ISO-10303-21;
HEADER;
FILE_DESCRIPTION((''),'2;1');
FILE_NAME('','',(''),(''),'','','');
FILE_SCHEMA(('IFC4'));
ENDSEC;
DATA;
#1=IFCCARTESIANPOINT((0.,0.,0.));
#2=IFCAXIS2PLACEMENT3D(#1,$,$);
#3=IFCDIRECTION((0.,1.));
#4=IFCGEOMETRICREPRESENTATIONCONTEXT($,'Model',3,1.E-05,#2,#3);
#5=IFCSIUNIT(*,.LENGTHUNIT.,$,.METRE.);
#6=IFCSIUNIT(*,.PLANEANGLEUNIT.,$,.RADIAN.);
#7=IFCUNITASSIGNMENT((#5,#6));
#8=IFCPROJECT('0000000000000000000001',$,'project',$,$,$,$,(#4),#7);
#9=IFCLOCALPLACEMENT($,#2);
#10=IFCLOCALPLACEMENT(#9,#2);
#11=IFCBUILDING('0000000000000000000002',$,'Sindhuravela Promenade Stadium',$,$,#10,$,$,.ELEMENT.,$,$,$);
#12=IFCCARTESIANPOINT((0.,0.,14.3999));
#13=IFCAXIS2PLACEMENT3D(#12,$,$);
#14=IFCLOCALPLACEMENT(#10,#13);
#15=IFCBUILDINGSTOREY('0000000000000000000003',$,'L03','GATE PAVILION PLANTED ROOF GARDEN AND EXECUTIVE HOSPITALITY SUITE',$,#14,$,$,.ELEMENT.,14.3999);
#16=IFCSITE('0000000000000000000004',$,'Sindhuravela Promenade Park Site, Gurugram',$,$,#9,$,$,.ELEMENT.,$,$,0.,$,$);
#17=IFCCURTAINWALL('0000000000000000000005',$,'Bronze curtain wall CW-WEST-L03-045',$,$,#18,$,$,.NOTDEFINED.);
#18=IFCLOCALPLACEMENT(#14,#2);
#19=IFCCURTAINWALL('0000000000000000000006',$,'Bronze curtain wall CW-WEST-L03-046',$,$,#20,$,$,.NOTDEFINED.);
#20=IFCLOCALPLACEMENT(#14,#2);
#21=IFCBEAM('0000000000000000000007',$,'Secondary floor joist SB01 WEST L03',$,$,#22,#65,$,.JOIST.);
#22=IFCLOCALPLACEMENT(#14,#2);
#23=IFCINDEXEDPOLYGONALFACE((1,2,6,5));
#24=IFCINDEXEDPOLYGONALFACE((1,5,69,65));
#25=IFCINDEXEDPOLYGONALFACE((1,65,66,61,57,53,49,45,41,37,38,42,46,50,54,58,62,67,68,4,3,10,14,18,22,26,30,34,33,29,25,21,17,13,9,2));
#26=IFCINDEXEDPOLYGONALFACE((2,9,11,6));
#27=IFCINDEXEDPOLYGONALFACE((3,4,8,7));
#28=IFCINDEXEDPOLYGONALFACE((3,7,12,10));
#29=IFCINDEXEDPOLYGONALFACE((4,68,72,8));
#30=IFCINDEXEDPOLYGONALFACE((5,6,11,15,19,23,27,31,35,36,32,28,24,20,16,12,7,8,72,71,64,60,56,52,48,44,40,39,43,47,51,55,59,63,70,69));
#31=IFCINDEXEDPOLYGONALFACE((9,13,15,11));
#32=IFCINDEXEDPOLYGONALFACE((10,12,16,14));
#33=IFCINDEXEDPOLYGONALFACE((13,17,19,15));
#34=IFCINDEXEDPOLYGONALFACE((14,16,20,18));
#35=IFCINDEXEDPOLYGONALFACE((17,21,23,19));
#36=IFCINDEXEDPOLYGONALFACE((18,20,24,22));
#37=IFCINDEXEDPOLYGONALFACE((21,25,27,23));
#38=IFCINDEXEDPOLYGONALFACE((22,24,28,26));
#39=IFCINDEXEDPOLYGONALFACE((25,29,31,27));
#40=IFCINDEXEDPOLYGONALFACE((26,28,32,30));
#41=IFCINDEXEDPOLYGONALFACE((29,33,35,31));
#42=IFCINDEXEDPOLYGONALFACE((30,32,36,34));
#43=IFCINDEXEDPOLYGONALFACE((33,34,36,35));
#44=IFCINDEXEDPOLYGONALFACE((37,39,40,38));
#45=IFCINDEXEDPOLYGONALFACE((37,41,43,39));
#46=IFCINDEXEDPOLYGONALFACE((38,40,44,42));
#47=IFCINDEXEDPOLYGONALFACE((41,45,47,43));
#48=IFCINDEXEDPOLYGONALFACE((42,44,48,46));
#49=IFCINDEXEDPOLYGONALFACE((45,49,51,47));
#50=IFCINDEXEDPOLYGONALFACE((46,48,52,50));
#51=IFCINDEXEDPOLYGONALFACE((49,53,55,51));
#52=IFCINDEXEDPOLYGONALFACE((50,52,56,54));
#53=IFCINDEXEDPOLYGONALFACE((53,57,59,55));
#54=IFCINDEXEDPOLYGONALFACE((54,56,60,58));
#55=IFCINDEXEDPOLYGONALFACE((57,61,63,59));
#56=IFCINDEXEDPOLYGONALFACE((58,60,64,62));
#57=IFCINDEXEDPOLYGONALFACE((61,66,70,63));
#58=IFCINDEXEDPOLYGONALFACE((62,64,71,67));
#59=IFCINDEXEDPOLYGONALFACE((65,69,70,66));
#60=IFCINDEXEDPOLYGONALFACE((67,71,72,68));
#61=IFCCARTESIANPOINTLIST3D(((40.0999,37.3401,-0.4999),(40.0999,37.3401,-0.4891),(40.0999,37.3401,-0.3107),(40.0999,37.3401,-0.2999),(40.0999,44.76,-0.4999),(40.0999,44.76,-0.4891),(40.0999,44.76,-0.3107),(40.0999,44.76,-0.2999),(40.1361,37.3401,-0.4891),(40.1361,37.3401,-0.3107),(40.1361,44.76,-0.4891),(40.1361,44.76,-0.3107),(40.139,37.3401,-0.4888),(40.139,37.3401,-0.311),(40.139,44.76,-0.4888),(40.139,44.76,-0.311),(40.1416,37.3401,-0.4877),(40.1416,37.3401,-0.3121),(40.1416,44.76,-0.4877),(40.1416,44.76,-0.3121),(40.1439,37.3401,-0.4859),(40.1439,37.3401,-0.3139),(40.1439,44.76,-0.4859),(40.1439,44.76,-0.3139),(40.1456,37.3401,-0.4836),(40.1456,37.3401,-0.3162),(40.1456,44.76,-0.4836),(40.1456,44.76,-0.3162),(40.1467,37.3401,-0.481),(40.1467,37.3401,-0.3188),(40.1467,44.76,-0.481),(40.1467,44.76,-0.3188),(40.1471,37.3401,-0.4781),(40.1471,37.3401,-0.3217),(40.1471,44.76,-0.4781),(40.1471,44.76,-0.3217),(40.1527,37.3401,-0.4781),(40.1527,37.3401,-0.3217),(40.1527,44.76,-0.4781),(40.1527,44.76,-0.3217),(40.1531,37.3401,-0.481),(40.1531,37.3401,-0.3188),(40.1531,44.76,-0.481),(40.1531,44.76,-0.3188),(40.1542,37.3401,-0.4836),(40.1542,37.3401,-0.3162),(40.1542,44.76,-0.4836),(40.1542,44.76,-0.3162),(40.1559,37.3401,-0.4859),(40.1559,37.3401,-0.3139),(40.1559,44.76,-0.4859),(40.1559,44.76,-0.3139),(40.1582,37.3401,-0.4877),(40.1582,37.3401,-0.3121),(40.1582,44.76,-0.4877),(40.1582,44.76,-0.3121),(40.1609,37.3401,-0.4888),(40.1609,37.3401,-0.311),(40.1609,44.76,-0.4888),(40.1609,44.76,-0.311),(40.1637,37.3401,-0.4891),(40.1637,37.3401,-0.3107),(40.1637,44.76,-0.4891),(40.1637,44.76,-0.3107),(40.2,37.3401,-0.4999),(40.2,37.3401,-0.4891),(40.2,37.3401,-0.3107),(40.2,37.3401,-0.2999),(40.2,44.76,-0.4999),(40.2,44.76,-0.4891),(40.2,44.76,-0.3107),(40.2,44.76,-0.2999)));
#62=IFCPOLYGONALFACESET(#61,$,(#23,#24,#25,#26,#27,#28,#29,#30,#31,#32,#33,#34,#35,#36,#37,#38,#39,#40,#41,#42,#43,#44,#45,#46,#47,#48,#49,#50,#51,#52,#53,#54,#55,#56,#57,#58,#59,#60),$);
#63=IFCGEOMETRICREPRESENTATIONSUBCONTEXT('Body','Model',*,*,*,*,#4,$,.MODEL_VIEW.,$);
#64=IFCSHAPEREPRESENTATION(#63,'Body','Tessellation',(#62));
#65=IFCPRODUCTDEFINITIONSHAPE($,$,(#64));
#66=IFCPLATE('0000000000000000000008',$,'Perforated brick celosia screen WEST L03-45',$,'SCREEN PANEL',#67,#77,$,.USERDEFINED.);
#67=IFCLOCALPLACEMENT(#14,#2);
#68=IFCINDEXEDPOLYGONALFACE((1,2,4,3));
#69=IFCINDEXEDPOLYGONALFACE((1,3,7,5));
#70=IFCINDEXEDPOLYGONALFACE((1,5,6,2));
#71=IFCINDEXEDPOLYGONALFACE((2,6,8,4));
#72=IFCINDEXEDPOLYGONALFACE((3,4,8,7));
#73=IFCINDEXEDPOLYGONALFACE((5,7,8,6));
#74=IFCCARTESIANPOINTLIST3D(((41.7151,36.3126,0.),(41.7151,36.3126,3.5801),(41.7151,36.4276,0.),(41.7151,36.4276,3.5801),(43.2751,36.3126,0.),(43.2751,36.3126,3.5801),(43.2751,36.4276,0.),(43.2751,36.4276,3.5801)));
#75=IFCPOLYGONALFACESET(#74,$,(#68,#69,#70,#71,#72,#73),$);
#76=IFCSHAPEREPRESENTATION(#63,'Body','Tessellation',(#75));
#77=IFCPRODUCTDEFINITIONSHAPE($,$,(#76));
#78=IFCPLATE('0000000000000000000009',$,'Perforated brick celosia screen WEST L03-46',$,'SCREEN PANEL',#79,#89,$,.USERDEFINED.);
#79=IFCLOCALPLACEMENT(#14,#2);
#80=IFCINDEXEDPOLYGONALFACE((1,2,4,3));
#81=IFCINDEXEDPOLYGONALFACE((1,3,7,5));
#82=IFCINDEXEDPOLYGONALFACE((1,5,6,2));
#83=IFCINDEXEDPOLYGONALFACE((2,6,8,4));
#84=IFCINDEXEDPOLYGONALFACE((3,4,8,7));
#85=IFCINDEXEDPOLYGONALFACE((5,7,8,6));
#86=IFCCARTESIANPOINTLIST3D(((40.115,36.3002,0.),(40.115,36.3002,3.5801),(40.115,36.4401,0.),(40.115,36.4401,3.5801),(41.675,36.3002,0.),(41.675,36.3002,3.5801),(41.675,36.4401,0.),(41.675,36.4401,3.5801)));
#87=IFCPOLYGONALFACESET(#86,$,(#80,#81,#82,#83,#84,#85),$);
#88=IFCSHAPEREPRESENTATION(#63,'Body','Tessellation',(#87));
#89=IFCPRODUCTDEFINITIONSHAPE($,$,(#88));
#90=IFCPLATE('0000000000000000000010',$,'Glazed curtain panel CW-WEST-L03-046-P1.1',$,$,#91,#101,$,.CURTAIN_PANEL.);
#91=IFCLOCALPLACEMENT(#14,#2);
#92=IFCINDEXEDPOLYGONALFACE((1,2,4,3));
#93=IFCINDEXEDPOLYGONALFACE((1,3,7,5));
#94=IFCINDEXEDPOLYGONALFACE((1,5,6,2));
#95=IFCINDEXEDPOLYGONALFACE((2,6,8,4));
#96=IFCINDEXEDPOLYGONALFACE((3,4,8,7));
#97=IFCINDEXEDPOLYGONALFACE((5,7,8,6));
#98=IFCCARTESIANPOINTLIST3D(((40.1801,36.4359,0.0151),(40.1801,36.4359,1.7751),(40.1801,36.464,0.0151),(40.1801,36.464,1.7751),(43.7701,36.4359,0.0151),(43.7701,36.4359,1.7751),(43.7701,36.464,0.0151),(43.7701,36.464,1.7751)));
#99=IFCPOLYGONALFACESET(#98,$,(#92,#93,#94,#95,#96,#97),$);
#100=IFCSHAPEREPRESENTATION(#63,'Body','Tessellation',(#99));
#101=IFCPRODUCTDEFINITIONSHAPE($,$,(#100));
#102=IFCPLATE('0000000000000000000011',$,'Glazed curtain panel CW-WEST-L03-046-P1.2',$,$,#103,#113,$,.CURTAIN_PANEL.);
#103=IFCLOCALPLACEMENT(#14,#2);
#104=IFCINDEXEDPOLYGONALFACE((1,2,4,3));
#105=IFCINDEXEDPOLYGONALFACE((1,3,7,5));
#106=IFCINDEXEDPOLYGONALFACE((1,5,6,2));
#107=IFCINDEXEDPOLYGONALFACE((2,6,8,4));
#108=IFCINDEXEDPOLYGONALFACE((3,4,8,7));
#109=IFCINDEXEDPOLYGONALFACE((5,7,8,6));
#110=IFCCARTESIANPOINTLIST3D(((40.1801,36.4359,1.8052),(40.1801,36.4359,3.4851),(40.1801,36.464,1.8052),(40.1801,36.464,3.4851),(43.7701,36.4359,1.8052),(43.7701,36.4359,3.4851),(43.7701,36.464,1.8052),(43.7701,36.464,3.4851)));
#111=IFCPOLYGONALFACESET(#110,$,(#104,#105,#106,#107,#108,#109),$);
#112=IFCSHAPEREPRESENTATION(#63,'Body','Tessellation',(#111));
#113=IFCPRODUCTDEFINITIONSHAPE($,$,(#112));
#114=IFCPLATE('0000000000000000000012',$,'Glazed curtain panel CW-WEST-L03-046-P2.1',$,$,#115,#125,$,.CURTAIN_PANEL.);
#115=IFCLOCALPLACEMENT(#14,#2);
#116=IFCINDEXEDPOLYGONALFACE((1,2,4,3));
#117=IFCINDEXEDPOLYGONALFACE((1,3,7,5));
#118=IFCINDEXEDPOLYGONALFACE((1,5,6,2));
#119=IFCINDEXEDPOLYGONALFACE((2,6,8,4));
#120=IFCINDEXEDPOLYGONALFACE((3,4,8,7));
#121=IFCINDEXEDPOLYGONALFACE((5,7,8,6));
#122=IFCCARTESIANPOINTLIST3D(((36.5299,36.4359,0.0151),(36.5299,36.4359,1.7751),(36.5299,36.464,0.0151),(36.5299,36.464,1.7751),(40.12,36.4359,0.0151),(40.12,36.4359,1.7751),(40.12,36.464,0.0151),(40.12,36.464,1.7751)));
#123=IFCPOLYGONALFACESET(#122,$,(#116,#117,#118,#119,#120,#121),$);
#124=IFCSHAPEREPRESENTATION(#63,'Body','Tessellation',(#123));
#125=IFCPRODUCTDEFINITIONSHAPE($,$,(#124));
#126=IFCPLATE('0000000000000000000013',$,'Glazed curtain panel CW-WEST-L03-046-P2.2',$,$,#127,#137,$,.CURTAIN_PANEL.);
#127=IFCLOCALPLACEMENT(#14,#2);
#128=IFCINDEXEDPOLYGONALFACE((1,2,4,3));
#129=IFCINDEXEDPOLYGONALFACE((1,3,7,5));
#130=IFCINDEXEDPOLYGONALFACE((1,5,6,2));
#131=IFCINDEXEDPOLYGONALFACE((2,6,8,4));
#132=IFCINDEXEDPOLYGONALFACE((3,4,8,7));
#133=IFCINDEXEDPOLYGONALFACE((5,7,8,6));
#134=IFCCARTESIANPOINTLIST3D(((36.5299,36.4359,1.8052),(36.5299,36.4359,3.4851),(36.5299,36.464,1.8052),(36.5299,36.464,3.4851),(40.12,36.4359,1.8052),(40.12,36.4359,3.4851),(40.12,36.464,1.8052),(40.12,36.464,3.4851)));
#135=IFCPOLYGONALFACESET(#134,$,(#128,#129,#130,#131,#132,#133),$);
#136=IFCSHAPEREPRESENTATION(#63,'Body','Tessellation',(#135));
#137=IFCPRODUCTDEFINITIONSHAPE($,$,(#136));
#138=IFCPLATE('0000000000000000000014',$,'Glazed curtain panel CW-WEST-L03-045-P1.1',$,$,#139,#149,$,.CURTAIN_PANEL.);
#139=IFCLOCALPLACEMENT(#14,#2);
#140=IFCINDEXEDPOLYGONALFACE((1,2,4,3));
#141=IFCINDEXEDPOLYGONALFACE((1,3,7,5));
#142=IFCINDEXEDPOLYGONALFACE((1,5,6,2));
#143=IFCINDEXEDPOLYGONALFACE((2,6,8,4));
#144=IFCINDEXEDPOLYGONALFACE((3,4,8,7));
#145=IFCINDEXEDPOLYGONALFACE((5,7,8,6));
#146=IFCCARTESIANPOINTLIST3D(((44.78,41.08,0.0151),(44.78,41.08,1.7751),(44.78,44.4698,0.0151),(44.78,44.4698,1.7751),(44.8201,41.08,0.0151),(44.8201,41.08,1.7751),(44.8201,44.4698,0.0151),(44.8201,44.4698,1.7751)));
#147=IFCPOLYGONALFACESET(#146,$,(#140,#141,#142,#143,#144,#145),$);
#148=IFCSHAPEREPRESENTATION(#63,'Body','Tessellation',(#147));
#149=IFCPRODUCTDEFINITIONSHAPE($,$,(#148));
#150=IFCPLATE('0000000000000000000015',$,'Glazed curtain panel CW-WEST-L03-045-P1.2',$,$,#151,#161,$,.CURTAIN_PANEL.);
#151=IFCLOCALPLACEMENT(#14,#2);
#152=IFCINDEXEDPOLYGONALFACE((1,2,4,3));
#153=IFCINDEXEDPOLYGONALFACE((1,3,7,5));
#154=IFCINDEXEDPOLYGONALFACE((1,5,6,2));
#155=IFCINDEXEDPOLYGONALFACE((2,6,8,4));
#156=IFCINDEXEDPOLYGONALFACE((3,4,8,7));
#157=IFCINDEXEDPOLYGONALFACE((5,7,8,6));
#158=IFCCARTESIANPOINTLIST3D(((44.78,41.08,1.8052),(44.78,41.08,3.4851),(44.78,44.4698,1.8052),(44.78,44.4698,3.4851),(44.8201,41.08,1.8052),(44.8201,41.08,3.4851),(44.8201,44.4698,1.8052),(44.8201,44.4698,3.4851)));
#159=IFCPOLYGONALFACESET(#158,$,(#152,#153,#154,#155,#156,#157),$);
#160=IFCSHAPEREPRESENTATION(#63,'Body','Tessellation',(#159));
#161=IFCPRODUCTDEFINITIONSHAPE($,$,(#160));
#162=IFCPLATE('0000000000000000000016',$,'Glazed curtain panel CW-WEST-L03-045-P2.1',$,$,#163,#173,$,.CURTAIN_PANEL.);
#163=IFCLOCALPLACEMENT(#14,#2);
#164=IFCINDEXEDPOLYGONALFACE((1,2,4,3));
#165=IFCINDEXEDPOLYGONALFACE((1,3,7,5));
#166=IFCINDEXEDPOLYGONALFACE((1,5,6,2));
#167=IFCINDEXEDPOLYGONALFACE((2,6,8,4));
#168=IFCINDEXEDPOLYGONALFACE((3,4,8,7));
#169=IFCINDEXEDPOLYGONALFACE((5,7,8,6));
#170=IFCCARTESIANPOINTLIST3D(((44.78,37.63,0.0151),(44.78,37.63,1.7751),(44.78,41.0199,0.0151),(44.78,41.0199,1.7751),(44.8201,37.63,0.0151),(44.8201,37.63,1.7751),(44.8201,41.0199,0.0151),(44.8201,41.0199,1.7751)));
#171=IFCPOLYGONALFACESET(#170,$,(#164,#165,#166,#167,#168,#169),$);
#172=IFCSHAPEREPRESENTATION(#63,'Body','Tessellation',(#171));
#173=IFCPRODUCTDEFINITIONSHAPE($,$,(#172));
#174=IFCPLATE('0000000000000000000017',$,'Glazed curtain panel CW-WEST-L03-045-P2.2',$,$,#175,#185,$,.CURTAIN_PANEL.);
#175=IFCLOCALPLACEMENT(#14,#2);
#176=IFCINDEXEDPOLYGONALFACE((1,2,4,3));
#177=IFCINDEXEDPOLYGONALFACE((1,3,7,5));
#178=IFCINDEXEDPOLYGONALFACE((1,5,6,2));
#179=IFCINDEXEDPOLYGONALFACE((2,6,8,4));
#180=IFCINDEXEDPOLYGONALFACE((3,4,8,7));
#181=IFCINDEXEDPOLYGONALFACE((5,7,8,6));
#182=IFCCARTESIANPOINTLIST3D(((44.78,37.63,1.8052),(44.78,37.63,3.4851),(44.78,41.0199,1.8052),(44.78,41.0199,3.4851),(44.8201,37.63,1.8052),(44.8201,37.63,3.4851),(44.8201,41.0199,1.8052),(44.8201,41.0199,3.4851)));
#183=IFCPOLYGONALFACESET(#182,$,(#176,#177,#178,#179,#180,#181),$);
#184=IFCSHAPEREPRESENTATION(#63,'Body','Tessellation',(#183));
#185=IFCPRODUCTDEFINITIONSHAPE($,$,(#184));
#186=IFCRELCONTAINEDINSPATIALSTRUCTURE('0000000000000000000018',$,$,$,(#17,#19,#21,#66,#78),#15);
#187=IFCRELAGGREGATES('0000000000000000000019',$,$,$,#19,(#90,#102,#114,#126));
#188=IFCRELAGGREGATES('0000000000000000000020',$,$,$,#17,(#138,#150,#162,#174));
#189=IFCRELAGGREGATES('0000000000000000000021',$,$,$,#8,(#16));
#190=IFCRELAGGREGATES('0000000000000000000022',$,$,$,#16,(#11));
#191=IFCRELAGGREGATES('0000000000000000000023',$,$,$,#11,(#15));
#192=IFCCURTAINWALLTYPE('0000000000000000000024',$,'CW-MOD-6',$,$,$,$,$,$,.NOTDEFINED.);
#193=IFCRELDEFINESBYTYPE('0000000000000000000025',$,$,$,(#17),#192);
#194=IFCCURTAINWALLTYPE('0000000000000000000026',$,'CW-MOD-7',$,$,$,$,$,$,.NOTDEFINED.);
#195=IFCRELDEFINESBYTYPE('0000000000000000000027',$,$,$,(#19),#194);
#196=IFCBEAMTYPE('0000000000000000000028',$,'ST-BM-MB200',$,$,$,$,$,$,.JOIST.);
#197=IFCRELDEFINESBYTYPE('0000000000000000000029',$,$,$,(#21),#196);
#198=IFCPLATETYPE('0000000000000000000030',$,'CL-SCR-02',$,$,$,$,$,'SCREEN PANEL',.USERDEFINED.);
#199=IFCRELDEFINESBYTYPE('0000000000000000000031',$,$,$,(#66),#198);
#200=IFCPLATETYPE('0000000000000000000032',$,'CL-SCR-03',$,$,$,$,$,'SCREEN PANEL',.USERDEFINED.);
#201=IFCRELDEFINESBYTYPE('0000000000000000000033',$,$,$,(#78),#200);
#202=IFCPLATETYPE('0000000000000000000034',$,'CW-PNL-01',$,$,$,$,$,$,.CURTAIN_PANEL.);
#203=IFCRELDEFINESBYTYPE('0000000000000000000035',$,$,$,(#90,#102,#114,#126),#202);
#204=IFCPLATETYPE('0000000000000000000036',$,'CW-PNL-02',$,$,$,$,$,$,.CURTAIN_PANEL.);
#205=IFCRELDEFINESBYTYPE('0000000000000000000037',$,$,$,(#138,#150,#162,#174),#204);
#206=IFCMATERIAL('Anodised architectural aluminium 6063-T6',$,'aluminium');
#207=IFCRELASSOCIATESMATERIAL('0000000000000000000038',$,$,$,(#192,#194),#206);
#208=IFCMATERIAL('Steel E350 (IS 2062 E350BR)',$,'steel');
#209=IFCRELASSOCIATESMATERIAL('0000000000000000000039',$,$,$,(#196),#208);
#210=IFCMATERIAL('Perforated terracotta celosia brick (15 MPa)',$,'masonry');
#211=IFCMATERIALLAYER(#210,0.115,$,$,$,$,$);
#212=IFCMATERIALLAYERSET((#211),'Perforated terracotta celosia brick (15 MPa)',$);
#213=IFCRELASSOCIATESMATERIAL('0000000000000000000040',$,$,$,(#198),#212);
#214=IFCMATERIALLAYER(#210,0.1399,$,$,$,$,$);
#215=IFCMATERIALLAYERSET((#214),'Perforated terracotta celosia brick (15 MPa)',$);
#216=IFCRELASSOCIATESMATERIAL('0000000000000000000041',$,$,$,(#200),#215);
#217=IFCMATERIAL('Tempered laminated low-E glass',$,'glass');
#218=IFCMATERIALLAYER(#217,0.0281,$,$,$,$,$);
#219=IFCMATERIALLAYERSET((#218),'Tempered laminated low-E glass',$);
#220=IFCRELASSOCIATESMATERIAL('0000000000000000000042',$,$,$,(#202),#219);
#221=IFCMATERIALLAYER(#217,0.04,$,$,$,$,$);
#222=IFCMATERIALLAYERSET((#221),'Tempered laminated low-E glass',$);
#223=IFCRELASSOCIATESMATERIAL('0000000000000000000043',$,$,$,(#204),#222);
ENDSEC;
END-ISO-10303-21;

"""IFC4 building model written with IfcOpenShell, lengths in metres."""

from ifc_helpers import new_model, si_unit, direction, frame, origin, origin_2d, place, context, subcontext, project, spatial, rectangle, i_section, extrude, material, layer, layer_set, material_profile, profile_set, type_object, element, aggregate, save


model = new_model("IFC4")

# Units and contexts
model_context = context("Model", 3, precision=1e-05, world=origin(), true_north=direction((0.0, 1.0)))
body_context = subcontext(model_context, "Body", "Model", "MODEL_VIEW")
ifc_project = project(units=[si_unit("LENGTHUNIT", "METRE"), si_unit("PLANEANGLEUNIT", "RADIAN")], contexts=[model_context])

# Site, building, storey
site_placement = place(None, origin())
site = spatial("IfcSite", under=ifc_project, at=site_placement, Name="Sindhuravela Promenade Park Site, Gurugram", CompositionType="ELEMENT", RefElevation=0.0)
building_placement = place(site_placement, origin())
building = spatial("IfcBuilding", under=site, at=building_placement, Name="Sindhuravela Promenade Stadium", CompositionType="ELEMENT")
storey_placement = place(building_placement, frame((0.0, 0.0, 14.3999)))
storey = spatial("IfcBuildingStorey", under=building, at=storey_placement, Name="L03", Description="GATE PAVILION PLANTED ROOF GARDEN AND EXECUTIVE HOSPITALITY SUITE", CompositionType="ELEMENT", Elevation=14.3999)

# Curtain walls
ifc_material_1 = material(Name="Anodised architectural aluminium 6063-T6", Category="aluminium")
curtain_wall_type_1 = type_object("IfcCurtainWallType", Name="CW-MOD-6", PredefinedType="NOTDEFINED", material=ifc_material_1)
curtain_wall_1_placement = place(storey_placement, origin())
curtain_wall_1 = element("IfcCurtainWall", 1, at=curtain_wall_1_placement, inside=storey, type_object=curtain_wall_type_1, Name="Bronze curtain wall CW-WEST-L03-045", PredefinedType="NOTDEFINED")
curtain_wall_type_2 = type_object("IfcCurtainWallType", Name="CW-MOD-7", PredefinedType="NOTDEFINED", material=ifc_material_1)
curtain_wall_2_placement = place(storey_placement, origin())
curtain_wall_2 = element("IfcCurtainWall", 2, at=curtain_wall_2_placement, inside=storey, type_object=curtain_wall_type_2, Name="Bronze curtain wall CW-WEST-L03-046", PredefinedType="NOTDEFINED")

# Beam
ifc_material_2 = material(Name="Steel E350 (IS 2062 E350BR)", Category="steel")
ifc_material_profile_1 = material_profile(ifc_material_2, i_section(OverallWidth=0.1001, OverallDepth=0.2, WebThickness=0.0056, FlangeThickness=0.0107, FilletRadius=0.011, at=origin_2d()), Name="ISMB 200")
ifc_profile_set_1 = profile_set([ifc_material_profile_1], Name="Steel E350 (IS 2062 E350BR)")
beam_type_1 = type_object("IfcBeamType", Name="ST-BM-MB200", PredefinedType="JOIST", material=ifc_profile_set_1)
beam_1_placement = place(storey_placement, frame((40.1499, 37.3401, -0.3999), z_axis=(0.0, 1.0, 0.0), x_axis=(-1.0, 0.0, 0.0)))
element("IfcBeam", 3, at=beam_1_placement, inside=storey, type_object=beam_type_1, Name="Secondary floor joist SB01 WEST L03", PredefinedType="JOIST", context=body_context, shape_type="SweptSolid", body=[
    extrude(i_section(OverallWidth=0.1001, OverallDepth=0.2, WebThickness=0.0056, FlangeThickness=0.0107, FilletRadius=0.011, at=origin_2d()), origin(), (0.0, 0.0, 1.0), 7.4199),
])

# Plates
ifc_material_3 = material(Name="Perforated terracotta celosia brick (15 MPa)", Category="masonry")
ifc_layer_1 = layer(ifc_material_3, 0.115)
ifc_layer_set_1 = layer_set([ifc_layer_1], Name="Perforated terracotta celosia brick (15 MPa)")
plate_type_1 = type_object("IfcPlateType", Name="CL-SCR-02", ElementType="SCREEN PANEL", PredefinedType="USERDEFINED", material=ifc_layer_set_1)
plate_1_placement = place(storey_placement, frame((42.4951, 36.3701, 0.0), z_axis=(0.0, 0.0, 1.0), x_axis=(-1.0, 0.0, 0.0)))
element("IfcPlate", 4, at=plate_1_placement, inside=storey, type_object=plate_type_1, Name="Perforated brick celosia screen WEST L03-45", ObjectType="SCREEN PANEL", PredefinedType="USERDEFINED", context=body_context, shape_type="SweptSolid", body=[
    extrude(rectangle(XDim=1.5601, YDim=0.115, at=origin_2d()), origin(), (0.0, 0.0, 1.0), 3.5801),
])
ifc_layer_2 = layer(ifc_material_3, 0.1399)
ifc_layer_set_2 = layer_set([ifc_layer_2], Name="Perforated terracotta celosia brick (15 MPa)")
plate_type_2 = type_object("IfcPlateType", Name="CL-SCR-03", ElementType="SCREEN PANEL", PredefinedType="USERDEFINED", material=ifc_layer_set_2)
plate_2_placement = place(storey_placement, frame((40.895, 36.3701, 0.0), z_axis=(0.0, 0.0, 1.0), x_axis=(-1.0, 0.0, 0.0)))
element("IfcPlate", 5, at=plate_2_placement, inside=storey, type_object=plate_type_2, Name="Perforated brick celosia screen WEST L03-46", ObjectType="SCREEN PANEL", PredefinedType="USERDEFINED", context=body_context, shape_type="SweptSolid", body=[
    extrude(rectangle(XDim=1.5601, YDim=0.1399, at=origin_2d()), origin(), (0.0, 0.0, 1.0), 3.5801),
])

# Plates
ifc_material_4 = material(Name="Tempered laminated low-E glass", Category="glass")
ifc_layer_3 = layer(ifc_material_4, 0.0281)
ifc_layer_set_3 = layer_set([ifc_layer_3], Name="Tempered laminated low-E glass")
plate_type_3 = type_object("IfcPlateType", Name="CW-PNL-01", PredefinedType="CURTAIN_PANEL", material=ifc_layer_set_3)
plate_3_placement = place(storey_placement, frame((41.9751, 36.45, 0.0151), z_axis=(0.0, 0.0, 1.0), x_axis=(-1.0, 0.0, 0.0)))
plate_3 = element("IfcPlate", 6, at=plate_3_placement, type_object=plate_type_3, Name="Glazed curtain panel CW-WEST-L03-046-P1.1", PredefinedType="CURTAIN_PANEL", context=body_context, shape_type="SweptSolid", body=[
    extrude(rectangle(XDim=3.5901, YDim=0.0281, at=origin_2d()), origin(), (0.0, 0.0, 1.0), 1.76),
])
plate_4_placement = place(storey_placement, frame((41.9751, 36.45, 1.8052), z_axis=(0.0, 0.0, 1.0), x_axis=(-1.0, 0.0, 0.0)))
plate_4 = element("IfcPlate", 7, at=plate_4_placement, type_object=plate_type_3, Name="Glazed curtain panel CW-WEST-L03-046-P1.2", PredefinedType="CURTAIN_PANEL", context=body_context, shape_type="SweptSolid", body=[
    extrude(rectangle(XDim=3.5901, YDim=0.0281, at=origin_2d()), origin(), (0.0, 0.0, 1.0), 1.6799),
])
plate_5_placement = place(storey_placement, frame((38.325, 36.45, 0.0151), z_axis=(0.0, 0.0, 1.0), x_axis=(-1.0, 0.0, 0.0)))
plate_5 = element("IfcPlate", 8, at=plate_5_placement, type_object=plate_type_3, Name="Glazed curtain panel CW-WEST-L03-046-P2.1", PredefinedType="CURTAIN_PANEL", context=body_context, shape_type="SweptSolid", body=[
    extrude(rectangle(XDim=3.5901, YDim=0.0281, at=origin_2d()), origin(), (0.0, 0.0, 1.0), 1.76),
])
plate_6_placement = place(storey_placement, frame((38.325, 36.45, 1.8052), z_axis=(0.0, 0.0, 1.0), x_axis=(-1.0, 0.0, 0.0)))
plate_6 = element("IfcPlate", 9, at=plate_6_placement, type_object=plate_type_3, Name="Glazed curtain panel CW-WEST-L03-046-P2.2", PredefinedType="CURTAIN_PANEL", context=body_context, shape_type="SweptSolid", body=[
    extrude(rectangle(XDim=3.5901, YDim=0.0281, at=origin_2d()), origin(), (0.0, 0.0, 1.0), 1.6799),
])
aggregate(curtain_wall_2, [plate_3, plate_4, plate_5, plate_6])
ifc_layer_4 = layer(ifc_material_4, 0.04)
ifc_layer_set_4 = layer_set([ifc_layer_4], Name="Tempered laminated low-E glass")
plate_type_4 = type_object("IfcPlateType", Name="CW-PNL-02", PredefinedType="CURTAIN_PANEL", material=ifc_layer_set_4)
plate_7_placement = place(storey_placement, frame((44.8, 42.7749, 0.0151), z_axis=(0.0, 0.0, 1.0), x_axis=(0.0, -1.0, 0.0)))
plate_7 = element("IfcPlate", 10, at=plate_7_placement, type_object=plate_type_4, Name="Glazed curtain panel CW-WEST-L03-045-P1.1", PredefinedType="CURTAIN_PANEL", context=body_context, shape_type="SweptSolid", body=[
    extrude(rectangle(XDim=3.3899, YDim=0.04, at=origin_2d()), origin(), (0.0, 0.0, 1.0), 1.76),
])
plate_8_placement = place(storey_placement, frame((44.8, 42.7749, 1.8052), z_axis=(0.0, 0.0, 1.0), x_axis=(0.0, -1.0, 0.0)))
plate_8 = element("IfcPlate", 11, at=plate_8_placement, type_object=plate_type_4, Name="Glazed curtain panel CW-WEST-L03-045-P1.2", PredefinedType="CURTAIN_PANEL", context=body_context, shape_type="SweptSolid", body=[
    extrude(rectangle(XDim=3.3899, YDim=0.04, at=origin_2d()), origin(), (0.0, 0.0, 1.0), 1.6799),
])
plate_9_placement = place(storey_placement, frame((44.8, 39.325, 0.0151), z_axis=(0.0, 0.0, 1.0), x_axis=(0.0, -1.0, 0.0)))
plate_9 = element("IfcPlate", 12, at=plate_9_placement, type_object=plate_type_4, Name="Glazed curtain panel CW-WEST-L03-045-P2.1", PredefinedType="CURTAIN_PANEL", context=body_context, shape_type="SweptSolid", body=[
    extrude(rectangle(XDim=3.3899, YDim=0.04, at=origin_2d()), origin(), (0.0, 0.0, 1.0), 1.76),
])
plate_10_placement = place(storey_placement, frame((44.8, 39.325, 1.8052), z_axis=(0.0, 0.0, 1.0), x_axis=(0.0, -1.0, 0.0)))
plate_10 = element("IfcPlate", 13, at=plate_10_placement, type_object=plate_type_4, Name="Glazed curtain panel CW-WEST-L03-045-P2.2", PredefinedType="CURTAIN_PANEL", context=body_context, shape_type="SweptSolid", body=[
    extrude(rectangle(XDim=3.3899, YDim=0.04, at=origin_2d()), origin(), (0.0, 0.0, 1.0), 1.6799),
])
aggregate(curtain_wall_1, [plate_7, plate_8, plate_9, plate_10])

save(model, "model.ifc")
